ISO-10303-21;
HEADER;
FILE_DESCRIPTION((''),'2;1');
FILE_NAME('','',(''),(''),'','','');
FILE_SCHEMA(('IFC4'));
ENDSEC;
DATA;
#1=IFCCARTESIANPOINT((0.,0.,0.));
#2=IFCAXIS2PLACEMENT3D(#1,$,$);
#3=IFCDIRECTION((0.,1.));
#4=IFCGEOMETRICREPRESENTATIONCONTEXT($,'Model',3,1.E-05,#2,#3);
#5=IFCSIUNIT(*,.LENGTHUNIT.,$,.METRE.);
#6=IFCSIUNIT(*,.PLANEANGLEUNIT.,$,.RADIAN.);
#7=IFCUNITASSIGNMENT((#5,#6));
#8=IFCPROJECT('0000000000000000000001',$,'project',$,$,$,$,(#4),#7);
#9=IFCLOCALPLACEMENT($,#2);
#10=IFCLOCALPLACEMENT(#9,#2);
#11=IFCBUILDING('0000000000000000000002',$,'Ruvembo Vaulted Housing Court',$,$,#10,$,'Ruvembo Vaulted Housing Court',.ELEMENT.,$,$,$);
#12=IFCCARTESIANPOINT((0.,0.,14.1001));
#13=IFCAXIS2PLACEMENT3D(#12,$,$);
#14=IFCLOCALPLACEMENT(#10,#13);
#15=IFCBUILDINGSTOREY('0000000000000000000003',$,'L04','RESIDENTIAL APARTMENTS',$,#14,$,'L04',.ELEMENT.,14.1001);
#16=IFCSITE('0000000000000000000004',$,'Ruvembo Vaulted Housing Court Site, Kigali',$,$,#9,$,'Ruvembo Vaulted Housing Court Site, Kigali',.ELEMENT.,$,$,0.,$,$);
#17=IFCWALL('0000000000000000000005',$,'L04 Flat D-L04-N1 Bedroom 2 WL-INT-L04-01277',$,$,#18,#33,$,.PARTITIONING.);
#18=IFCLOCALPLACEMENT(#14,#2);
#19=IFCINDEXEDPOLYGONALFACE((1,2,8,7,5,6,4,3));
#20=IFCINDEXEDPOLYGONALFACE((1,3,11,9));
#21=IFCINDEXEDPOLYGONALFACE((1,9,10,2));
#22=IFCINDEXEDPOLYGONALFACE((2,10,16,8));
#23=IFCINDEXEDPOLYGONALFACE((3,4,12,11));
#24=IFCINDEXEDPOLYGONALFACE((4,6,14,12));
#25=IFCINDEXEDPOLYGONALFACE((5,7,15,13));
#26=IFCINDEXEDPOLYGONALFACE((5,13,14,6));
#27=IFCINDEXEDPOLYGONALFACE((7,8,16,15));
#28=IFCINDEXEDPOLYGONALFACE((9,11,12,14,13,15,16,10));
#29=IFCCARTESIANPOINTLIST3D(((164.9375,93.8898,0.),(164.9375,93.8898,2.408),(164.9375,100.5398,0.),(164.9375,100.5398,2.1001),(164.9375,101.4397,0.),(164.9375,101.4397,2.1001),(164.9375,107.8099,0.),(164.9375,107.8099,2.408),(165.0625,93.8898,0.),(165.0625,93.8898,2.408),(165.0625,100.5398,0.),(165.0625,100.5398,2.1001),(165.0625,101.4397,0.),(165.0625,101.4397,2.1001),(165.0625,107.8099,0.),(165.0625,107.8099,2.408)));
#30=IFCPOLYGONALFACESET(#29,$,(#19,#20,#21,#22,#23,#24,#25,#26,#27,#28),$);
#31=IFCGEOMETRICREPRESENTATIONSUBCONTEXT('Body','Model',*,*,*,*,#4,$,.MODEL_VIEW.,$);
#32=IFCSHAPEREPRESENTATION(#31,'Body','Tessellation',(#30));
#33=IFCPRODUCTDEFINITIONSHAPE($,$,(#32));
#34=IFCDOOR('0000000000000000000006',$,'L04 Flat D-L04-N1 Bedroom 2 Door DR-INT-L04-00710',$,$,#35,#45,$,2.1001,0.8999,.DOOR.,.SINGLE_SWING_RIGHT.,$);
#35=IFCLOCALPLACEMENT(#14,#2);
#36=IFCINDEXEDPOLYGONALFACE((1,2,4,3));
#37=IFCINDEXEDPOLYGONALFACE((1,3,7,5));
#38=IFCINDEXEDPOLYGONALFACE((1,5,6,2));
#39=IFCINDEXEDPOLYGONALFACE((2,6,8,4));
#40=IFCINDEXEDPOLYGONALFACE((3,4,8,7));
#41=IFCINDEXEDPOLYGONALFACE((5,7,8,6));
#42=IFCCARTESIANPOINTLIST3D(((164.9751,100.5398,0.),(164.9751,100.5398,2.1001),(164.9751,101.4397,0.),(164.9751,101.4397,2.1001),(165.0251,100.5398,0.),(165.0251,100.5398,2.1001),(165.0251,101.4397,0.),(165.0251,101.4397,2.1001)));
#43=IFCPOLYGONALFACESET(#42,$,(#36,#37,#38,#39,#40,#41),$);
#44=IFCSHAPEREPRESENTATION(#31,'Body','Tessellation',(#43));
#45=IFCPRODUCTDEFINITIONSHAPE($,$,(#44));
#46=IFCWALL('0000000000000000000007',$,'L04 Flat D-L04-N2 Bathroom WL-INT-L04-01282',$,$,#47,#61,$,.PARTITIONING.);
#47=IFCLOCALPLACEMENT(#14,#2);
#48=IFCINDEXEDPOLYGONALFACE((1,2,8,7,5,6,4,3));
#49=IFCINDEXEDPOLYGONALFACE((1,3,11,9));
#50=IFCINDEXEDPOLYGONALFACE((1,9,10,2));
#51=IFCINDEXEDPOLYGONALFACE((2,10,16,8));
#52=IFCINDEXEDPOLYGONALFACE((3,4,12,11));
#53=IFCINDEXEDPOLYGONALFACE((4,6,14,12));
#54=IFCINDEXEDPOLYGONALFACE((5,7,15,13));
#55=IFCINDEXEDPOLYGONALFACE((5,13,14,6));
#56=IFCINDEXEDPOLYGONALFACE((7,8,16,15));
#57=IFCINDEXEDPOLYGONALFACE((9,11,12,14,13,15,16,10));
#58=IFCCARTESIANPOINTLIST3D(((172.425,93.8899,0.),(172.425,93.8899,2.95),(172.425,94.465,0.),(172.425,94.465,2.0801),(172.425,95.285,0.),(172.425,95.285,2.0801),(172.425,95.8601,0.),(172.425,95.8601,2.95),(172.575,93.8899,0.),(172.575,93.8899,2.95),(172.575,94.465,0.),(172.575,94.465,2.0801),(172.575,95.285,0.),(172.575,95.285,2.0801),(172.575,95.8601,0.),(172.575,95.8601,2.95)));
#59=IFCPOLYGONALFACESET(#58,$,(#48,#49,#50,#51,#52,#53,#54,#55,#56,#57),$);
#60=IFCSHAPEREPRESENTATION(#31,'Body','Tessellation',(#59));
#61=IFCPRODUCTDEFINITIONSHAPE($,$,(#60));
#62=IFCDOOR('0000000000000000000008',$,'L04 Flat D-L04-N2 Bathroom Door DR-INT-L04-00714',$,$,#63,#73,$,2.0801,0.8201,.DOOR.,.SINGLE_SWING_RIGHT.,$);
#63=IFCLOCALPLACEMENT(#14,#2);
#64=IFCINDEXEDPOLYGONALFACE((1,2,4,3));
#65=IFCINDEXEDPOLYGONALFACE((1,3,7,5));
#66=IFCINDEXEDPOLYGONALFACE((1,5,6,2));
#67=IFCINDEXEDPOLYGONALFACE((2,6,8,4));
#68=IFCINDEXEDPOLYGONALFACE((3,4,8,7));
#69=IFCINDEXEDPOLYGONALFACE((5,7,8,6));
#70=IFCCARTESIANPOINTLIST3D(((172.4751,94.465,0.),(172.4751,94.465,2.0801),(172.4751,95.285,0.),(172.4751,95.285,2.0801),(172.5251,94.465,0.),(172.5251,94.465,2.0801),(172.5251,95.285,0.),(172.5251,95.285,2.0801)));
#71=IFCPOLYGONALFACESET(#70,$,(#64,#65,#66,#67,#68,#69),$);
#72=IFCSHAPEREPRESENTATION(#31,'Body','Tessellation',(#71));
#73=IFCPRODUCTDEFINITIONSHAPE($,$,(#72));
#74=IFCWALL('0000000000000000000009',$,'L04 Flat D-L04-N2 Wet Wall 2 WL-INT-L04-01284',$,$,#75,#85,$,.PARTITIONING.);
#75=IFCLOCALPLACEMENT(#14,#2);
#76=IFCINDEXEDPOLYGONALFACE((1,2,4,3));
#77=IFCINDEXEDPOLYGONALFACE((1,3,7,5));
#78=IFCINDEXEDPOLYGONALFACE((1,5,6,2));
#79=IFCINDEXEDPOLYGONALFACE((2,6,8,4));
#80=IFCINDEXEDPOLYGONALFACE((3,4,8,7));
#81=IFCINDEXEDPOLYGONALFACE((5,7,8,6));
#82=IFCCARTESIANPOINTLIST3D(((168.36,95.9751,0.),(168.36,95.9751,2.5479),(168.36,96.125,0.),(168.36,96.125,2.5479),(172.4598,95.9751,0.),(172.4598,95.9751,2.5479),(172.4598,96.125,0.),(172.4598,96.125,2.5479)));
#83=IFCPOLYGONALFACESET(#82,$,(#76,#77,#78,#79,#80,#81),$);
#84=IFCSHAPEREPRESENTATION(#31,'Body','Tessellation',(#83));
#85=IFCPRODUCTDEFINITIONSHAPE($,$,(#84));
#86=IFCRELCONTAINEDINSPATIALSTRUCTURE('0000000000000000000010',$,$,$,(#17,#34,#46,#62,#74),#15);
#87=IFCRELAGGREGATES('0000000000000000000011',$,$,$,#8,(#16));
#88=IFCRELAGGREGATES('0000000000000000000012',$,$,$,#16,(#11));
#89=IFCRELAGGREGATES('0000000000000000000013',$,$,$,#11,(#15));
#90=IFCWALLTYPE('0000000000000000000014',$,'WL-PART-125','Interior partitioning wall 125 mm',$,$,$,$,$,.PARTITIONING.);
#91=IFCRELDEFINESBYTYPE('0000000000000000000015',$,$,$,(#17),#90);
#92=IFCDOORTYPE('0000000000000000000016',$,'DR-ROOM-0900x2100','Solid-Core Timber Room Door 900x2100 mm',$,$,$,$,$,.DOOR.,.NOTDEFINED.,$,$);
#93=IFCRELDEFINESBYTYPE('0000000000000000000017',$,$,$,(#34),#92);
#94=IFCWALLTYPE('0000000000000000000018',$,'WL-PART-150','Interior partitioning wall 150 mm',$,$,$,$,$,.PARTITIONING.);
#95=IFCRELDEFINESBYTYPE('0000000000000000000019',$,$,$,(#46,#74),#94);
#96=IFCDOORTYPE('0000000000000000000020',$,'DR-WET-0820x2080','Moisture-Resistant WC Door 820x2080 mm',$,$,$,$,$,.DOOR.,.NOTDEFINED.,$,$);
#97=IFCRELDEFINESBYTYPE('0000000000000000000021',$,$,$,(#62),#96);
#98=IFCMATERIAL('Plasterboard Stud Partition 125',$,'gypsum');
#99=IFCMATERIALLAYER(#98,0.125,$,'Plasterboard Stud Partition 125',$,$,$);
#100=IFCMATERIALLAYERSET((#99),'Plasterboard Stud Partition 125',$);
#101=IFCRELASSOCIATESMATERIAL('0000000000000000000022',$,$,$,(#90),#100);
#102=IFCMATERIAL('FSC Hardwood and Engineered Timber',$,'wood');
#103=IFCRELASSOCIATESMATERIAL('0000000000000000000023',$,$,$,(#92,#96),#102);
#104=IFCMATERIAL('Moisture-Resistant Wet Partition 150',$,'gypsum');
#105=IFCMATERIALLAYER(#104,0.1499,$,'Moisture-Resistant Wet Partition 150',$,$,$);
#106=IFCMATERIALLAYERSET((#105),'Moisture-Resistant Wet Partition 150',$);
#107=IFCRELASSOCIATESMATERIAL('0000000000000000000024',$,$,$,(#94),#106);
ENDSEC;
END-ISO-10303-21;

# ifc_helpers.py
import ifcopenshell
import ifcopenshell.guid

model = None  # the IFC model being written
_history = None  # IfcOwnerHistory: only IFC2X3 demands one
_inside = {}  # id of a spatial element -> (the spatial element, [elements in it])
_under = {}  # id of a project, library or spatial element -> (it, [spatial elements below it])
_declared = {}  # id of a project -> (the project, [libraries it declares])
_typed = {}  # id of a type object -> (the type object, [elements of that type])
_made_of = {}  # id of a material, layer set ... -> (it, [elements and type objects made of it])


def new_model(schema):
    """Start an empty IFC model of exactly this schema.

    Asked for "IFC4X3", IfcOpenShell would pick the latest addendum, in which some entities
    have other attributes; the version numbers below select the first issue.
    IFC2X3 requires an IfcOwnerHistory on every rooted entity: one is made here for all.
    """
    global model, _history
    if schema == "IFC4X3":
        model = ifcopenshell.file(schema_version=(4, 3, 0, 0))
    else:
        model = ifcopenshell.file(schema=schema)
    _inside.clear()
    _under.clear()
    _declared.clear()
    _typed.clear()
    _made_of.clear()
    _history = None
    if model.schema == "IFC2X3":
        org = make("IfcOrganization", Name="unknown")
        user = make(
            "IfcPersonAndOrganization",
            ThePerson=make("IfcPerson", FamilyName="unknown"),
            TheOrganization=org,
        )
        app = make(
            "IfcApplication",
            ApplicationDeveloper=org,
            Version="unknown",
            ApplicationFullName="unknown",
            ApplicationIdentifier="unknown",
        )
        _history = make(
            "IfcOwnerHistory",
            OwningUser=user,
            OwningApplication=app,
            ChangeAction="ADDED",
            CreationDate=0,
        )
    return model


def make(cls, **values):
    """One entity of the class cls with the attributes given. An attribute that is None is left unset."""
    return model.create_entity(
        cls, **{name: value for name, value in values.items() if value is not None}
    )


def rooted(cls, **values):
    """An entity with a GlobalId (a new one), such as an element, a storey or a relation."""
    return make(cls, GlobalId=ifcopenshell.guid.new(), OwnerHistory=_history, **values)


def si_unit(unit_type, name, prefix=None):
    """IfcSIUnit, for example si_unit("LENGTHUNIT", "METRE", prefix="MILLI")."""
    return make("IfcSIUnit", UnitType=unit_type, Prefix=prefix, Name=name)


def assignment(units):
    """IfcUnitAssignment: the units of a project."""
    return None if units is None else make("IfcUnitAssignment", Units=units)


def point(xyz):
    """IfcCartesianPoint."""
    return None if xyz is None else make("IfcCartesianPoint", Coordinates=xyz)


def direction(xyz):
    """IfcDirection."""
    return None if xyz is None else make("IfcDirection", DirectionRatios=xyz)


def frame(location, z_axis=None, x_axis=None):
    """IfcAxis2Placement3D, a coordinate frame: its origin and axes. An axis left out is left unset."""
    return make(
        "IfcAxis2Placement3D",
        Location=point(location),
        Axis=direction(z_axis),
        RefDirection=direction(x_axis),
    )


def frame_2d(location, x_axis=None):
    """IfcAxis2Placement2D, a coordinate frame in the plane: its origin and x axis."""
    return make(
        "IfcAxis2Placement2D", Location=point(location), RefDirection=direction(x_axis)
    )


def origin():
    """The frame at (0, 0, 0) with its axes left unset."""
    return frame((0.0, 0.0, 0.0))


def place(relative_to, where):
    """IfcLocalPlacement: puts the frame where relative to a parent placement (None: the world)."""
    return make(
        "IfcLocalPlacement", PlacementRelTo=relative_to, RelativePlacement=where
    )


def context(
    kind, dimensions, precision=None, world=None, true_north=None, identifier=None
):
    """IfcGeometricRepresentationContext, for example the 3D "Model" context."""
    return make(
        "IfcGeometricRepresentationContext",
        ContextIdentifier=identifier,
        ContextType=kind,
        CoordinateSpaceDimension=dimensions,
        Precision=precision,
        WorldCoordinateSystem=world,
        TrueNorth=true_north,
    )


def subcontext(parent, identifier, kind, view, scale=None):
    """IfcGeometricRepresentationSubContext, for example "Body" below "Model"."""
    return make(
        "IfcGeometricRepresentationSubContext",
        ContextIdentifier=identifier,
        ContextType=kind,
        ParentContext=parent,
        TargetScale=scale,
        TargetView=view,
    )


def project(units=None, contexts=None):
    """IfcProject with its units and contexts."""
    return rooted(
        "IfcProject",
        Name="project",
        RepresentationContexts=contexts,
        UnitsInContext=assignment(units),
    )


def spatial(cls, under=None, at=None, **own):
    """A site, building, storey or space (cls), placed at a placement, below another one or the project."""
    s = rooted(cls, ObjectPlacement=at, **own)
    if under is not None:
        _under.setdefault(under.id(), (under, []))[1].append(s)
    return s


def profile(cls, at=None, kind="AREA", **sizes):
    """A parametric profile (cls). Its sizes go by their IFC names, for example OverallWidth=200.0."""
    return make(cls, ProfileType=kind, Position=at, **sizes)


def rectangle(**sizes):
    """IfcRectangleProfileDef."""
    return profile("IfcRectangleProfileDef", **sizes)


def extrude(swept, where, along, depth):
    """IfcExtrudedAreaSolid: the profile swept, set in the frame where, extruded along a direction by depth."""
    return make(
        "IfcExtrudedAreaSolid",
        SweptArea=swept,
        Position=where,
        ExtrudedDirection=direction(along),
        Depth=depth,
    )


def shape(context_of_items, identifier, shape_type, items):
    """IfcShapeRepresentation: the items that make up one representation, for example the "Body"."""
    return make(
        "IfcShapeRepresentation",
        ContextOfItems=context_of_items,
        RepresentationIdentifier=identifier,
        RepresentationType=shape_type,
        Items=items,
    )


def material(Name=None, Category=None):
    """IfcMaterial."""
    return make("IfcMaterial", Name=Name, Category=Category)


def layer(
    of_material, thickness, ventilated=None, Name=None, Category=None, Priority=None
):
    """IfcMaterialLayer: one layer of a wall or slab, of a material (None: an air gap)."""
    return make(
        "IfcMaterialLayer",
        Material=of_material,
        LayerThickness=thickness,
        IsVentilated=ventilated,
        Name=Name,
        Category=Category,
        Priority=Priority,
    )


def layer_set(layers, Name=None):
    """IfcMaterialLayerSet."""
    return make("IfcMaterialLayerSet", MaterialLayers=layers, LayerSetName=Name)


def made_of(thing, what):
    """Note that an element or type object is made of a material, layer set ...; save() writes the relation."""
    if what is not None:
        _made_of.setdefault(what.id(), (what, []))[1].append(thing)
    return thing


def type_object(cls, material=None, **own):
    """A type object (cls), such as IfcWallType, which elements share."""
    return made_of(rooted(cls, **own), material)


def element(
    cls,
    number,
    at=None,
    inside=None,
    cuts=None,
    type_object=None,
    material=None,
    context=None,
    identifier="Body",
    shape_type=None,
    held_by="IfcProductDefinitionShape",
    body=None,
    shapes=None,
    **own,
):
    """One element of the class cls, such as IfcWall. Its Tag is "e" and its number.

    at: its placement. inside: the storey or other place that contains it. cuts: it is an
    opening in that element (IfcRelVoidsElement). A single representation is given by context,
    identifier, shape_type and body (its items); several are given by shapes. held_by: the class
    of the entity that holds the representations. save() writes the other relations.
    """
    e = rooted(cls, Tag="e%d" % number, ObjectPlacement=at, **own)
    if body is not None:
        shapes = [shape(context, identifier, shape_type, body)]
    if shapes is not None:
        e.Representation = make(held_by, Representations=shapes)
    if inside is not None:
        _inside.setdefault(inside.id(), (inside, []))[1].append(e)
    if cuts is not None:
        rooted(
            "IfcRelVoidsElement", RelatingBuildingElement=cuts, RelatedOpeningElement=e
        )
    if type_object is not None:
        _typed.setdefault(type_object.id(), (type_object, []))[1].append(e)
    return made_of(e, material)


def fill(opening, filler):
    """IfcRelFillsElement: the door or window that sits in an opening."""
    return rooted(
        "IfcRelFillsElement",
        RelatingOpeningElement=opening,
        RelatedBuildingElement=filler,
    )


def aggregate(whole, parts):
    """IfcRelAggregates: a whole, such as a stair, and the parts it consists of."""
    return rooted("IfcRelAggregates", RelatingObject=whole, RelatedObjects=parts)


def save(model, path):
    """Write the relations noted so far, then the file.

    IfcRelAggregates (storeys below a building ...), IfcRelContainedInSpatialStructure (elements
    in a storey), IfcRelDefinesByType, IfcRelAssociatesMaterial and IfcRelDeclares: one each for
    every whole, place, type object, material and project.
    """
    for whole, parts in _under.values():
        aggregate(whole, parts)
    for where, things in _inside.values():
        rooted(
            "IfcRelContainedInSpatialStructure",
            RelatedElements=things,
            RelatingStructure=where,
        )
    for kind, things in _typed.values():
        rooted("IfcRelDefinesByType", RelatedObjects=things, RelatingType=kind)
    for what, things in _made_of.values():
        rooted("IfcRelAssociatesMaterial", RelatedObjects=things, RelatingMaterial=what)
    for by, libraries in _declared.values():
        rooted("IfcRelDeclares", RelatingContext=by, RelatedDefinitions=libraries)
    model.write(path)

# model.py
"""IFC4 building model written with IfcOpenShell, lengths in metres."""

from ifc_helpers import new_model, si_unit, direction, frame, frame_2d, origin, place, context, subcontext, project, spatial, rectangle, extrude, material, layer, layer_set, type_object, element, fill, save


model = new_model("IFC4")

# Units and contexts
model_context = context("Model", 3, precision=1e-05, world=origin(), true_north=direction((0.0, 1.0)))
body_context = subcontext(model_context, "Body", "Model", "MODEL_VIEW")
ifc_project = project(units=[si_unit("LENGTHUNIT", "METRE"), si_unit("PLANEANGLEUNIT", "RADIAN")], contexts=[model_context])

# Site, building, storey
site_placement = place(None, origin())
site = spatial("IfcSite", under=ifc_project, at=site_placement, Name="Ruvembo Vaulted Housing Court Site, Kigali", LongName="Ruvembo Vaulted Housing Court Site, Kigali", CompositionType="ELEMENT", RefElevation=0.0)
building_placement = place(site_placement, origin())
building = spatial("IfcBuilding", under=site, at=building_placement, Name="Ruvembo Vaulted Housing Court", LongName="Ruvembo Vaulted Housing Court", CompositionType="ELEMENT")
storey_placement = place(building_placement, frame((0.0, 0.0, 14.1001)))
storey = spatial("IfcBuildingStorey", under=building, at=storey_placement, Name="L04", Description="RESIDENTIAL APARTMENTS", LongName="L04", CompositionType="ELEMENT", Elevation=14.1001)

# Walls, openings, doors
ifc_material_1 = material(Name="Plasterboard Stud Partition 125", Category="gypsum")
ifc_layer_1 = layer(ifc_material_1, 0.125, Name="Plasterboard Stud Partition 125")
ifc_layer_set_1 = layer_set([ifc_layer_1], Name="Plasterboard Stud Partition 125")
wall_type_1 = type_object("IfcWallType", Name="WL-PART-125", Description="Interior partitioning wall 125 mm", PredefinedType="PARTITIONING", material=ifc_layer_set_1)
wall_1_placement = place(storey_placement, frame((165.0, 93.8899, 0.0), z_axis=(0.0, 0.0, 1.0), x_axis=(0.0, 1.0, 0.0)))
wall_1 = element("IfcWall", 1, at=wall_1_placement, inside=storey, type_object=wall_type_1, Name="L04 Flat D-L04-N1 Bedroom 2 WL-INT-L04-01277", PredefinedType="PARTITIONING", context=body_context, shape_type="SweptSolid", body=[
    extrude(rectangle(XDim=13.9202, YDim=0.125, at=frame_2d((6.96, 0.0))), origin(), (0.0, 0.0, 1.0), 2.408),
])
opening_1_placement = place(wall_1_placement, frame((6.6499, 0.0, 0.0)))
opening_1 = element("IfcOpeningElement", 2, at=opening_1_placement, cuts=wall_1, PredefinedType="OPENING", context=body_context, shape_type="SweptSolid", body=[
    extrude(rectangle(XDim=0.8999, YDim=2.1001, at=frame_2d((0.45, 1.05))), frame((0.0, 0.0725, 0.0), z_axis=(0.0, -1.0, 0.0), x_axis=(1.0, 0.0, 0.0)), (0.0, 0.0, 1.0), 0.145),
])
ifc_material_2 = material(Name="FSC Hardwood and Engineered Timber", Category="wood")
door_type_1 = type_object("IfcDoorType", Name="DR-ROOM-0900x2100", Description="Solid-Core Timber Room Door 900x2100 mm", OperationType="NOTDEFINED", PredefinedType="DOOR", material=ifc_material_2)
door_1_placement = place(opening_1_placement, origin())
door_1 = element("IfcDoor", 3, at=door_1_placement, inside=storey, type_object=door_type_1, Name="L04 Flat D-L04-N1 Bedroom 2 Door DR-INT-L04-00710", OperationType="SINGLE_SWING_RIGHT", OverallHeight=2.1001, OverallWidth=0.8999, PredefinedType="DOOR", context=body_context, shape_type="SweptSolid", body=[
    extrude(rectangle(XDim=0.8999, YDim=2.1001, at=frame_2d((0.45, 1.05))), frame((0.0, 0.0249, 0.0), z_axis=(0.0, -1.0, 0.0), x_axis=(1.0, 0.0, 0.0)), (0.0, 0.0, 1.0), 0.05),
])
fill(opening_1, door_1)
ifc_material_3 = material(Name="Moisture-Resistant Wet Partition 150", Category="gypsum")
ifc_layer_2 = layer(ifc_material_3, 0.1499, Name="Moisture-Resistant Wet Partition 150")
ifc_layer_set_2 = layer_set([ifc_layer_2], Name="Moisture-Resistant Wet Partition 150")
wall_type_2 = type_object("IfcWallType", Name="WL-PART-150", Description="Interior partitioning wall 150 mm", PredefinedType="PARTITIONING", material=ifc_layer_set_2)
wall_2_placement = place(storey_placement, frame((172.5, 93.8899, 0.0), z_axis=(0.0, 0.0, 1.0), x_axis=(0.0, 1.0, 0.0)))
wall_2 = element("IfcWall", 4, at=wall_2_placement, inside=storey, type_object=wall_type_2, Name="L04 Flat D-L04-N2 Bathroom WL-INT-L04-01282", PredefinedType="PARTITIONING", context=body_context, shape_type="SweptSolid", body=[
    extrude(rectangle(XDim=1.9702, YDim=0.1499, at=frame_2d((0.9851, 0.0))), origin(), (0.0, 0.0, 1.0), 2.95),
])
opening_2_placement = place(wall_2_placement, frame((0.575, 0.0, 0.0)))
opening_2 = element("IfcOpeningElement", 5, at=opening_2_placement, cuts=wall_2, PredefinedType="OPENING", context=body_context, shape_type="SweptSolid", body=[
    extrude(rectangle(XDim=0.8201, YDim=2.0801, at=frame_2d((0.4102, 1.04))), frame((0.0, 0.085, 0.0), z_axis=(0.0, -1.0, 0.0), x_axis=(1.0, 0.0, 0.0)), (0.0, 0.0, 1.0), 0.1699),
])
door_type_2 = type_object("IfcDoorType", Name="DR-WET-0820x2080", Description="Moisture-Resistant WC Door 820x2080 mm", OperationType="NOTDEFINED", PredefinedType="DOOR", material=ifc_material_2)
door_2_placement = place(opening_2_placement, origin())
door_2 = element("IfcDoor", 6, at=door_2_placement, inside=storey, type_object=door_type_2, Name="L04 Flat D-L04-N2 Bathroom Door DR-INT-L04-00714", OperationType="SINGLE_SWING_RIGHT", OverallHeight=2.0801, OverallWidth=0.8201, PredefinedType="DOOR", context=body_context, shape_type="SweptSolid", body=[
    extrude(rectangle(XDim=0.8201, YDim=2.0801, at=frame_2d((0.4102, 1.04))), frame((0.0, 0.0249, 0.0), z_axis=(0.0, -1.0, 0.0), x_axis=(1.0, 0.0, 0.0)), (0.0, 0.0, 1.0), 0.05),
])
fill(opening_2, door_2)

# Wall
wall_3_placement = place(storey_placement, frame((168.3601, 96.05, 0.0), z_axis=(0.0, 0.0, 1.0), x_axis=(1.0, 0.0, 0.0)))
element("IfcWall", 7, at=wall_3_placement, inside=storey, type_object=wall_type_2, Name="L04 Flat D-L04-N2 Wet Wall 2 WL-INT-L04-01284", PredefinedType="PARTITIONING", context=body_context, shape_type="SweptSolid", body=[
    extrude(rectangle(XDim=4.0999, YDim=0.1499, at=frame_2d((2.0498, 0.0))), origin(), (0.0, 0.0, 1.0), 2.5479),
])

save(model, "model.ifc")
